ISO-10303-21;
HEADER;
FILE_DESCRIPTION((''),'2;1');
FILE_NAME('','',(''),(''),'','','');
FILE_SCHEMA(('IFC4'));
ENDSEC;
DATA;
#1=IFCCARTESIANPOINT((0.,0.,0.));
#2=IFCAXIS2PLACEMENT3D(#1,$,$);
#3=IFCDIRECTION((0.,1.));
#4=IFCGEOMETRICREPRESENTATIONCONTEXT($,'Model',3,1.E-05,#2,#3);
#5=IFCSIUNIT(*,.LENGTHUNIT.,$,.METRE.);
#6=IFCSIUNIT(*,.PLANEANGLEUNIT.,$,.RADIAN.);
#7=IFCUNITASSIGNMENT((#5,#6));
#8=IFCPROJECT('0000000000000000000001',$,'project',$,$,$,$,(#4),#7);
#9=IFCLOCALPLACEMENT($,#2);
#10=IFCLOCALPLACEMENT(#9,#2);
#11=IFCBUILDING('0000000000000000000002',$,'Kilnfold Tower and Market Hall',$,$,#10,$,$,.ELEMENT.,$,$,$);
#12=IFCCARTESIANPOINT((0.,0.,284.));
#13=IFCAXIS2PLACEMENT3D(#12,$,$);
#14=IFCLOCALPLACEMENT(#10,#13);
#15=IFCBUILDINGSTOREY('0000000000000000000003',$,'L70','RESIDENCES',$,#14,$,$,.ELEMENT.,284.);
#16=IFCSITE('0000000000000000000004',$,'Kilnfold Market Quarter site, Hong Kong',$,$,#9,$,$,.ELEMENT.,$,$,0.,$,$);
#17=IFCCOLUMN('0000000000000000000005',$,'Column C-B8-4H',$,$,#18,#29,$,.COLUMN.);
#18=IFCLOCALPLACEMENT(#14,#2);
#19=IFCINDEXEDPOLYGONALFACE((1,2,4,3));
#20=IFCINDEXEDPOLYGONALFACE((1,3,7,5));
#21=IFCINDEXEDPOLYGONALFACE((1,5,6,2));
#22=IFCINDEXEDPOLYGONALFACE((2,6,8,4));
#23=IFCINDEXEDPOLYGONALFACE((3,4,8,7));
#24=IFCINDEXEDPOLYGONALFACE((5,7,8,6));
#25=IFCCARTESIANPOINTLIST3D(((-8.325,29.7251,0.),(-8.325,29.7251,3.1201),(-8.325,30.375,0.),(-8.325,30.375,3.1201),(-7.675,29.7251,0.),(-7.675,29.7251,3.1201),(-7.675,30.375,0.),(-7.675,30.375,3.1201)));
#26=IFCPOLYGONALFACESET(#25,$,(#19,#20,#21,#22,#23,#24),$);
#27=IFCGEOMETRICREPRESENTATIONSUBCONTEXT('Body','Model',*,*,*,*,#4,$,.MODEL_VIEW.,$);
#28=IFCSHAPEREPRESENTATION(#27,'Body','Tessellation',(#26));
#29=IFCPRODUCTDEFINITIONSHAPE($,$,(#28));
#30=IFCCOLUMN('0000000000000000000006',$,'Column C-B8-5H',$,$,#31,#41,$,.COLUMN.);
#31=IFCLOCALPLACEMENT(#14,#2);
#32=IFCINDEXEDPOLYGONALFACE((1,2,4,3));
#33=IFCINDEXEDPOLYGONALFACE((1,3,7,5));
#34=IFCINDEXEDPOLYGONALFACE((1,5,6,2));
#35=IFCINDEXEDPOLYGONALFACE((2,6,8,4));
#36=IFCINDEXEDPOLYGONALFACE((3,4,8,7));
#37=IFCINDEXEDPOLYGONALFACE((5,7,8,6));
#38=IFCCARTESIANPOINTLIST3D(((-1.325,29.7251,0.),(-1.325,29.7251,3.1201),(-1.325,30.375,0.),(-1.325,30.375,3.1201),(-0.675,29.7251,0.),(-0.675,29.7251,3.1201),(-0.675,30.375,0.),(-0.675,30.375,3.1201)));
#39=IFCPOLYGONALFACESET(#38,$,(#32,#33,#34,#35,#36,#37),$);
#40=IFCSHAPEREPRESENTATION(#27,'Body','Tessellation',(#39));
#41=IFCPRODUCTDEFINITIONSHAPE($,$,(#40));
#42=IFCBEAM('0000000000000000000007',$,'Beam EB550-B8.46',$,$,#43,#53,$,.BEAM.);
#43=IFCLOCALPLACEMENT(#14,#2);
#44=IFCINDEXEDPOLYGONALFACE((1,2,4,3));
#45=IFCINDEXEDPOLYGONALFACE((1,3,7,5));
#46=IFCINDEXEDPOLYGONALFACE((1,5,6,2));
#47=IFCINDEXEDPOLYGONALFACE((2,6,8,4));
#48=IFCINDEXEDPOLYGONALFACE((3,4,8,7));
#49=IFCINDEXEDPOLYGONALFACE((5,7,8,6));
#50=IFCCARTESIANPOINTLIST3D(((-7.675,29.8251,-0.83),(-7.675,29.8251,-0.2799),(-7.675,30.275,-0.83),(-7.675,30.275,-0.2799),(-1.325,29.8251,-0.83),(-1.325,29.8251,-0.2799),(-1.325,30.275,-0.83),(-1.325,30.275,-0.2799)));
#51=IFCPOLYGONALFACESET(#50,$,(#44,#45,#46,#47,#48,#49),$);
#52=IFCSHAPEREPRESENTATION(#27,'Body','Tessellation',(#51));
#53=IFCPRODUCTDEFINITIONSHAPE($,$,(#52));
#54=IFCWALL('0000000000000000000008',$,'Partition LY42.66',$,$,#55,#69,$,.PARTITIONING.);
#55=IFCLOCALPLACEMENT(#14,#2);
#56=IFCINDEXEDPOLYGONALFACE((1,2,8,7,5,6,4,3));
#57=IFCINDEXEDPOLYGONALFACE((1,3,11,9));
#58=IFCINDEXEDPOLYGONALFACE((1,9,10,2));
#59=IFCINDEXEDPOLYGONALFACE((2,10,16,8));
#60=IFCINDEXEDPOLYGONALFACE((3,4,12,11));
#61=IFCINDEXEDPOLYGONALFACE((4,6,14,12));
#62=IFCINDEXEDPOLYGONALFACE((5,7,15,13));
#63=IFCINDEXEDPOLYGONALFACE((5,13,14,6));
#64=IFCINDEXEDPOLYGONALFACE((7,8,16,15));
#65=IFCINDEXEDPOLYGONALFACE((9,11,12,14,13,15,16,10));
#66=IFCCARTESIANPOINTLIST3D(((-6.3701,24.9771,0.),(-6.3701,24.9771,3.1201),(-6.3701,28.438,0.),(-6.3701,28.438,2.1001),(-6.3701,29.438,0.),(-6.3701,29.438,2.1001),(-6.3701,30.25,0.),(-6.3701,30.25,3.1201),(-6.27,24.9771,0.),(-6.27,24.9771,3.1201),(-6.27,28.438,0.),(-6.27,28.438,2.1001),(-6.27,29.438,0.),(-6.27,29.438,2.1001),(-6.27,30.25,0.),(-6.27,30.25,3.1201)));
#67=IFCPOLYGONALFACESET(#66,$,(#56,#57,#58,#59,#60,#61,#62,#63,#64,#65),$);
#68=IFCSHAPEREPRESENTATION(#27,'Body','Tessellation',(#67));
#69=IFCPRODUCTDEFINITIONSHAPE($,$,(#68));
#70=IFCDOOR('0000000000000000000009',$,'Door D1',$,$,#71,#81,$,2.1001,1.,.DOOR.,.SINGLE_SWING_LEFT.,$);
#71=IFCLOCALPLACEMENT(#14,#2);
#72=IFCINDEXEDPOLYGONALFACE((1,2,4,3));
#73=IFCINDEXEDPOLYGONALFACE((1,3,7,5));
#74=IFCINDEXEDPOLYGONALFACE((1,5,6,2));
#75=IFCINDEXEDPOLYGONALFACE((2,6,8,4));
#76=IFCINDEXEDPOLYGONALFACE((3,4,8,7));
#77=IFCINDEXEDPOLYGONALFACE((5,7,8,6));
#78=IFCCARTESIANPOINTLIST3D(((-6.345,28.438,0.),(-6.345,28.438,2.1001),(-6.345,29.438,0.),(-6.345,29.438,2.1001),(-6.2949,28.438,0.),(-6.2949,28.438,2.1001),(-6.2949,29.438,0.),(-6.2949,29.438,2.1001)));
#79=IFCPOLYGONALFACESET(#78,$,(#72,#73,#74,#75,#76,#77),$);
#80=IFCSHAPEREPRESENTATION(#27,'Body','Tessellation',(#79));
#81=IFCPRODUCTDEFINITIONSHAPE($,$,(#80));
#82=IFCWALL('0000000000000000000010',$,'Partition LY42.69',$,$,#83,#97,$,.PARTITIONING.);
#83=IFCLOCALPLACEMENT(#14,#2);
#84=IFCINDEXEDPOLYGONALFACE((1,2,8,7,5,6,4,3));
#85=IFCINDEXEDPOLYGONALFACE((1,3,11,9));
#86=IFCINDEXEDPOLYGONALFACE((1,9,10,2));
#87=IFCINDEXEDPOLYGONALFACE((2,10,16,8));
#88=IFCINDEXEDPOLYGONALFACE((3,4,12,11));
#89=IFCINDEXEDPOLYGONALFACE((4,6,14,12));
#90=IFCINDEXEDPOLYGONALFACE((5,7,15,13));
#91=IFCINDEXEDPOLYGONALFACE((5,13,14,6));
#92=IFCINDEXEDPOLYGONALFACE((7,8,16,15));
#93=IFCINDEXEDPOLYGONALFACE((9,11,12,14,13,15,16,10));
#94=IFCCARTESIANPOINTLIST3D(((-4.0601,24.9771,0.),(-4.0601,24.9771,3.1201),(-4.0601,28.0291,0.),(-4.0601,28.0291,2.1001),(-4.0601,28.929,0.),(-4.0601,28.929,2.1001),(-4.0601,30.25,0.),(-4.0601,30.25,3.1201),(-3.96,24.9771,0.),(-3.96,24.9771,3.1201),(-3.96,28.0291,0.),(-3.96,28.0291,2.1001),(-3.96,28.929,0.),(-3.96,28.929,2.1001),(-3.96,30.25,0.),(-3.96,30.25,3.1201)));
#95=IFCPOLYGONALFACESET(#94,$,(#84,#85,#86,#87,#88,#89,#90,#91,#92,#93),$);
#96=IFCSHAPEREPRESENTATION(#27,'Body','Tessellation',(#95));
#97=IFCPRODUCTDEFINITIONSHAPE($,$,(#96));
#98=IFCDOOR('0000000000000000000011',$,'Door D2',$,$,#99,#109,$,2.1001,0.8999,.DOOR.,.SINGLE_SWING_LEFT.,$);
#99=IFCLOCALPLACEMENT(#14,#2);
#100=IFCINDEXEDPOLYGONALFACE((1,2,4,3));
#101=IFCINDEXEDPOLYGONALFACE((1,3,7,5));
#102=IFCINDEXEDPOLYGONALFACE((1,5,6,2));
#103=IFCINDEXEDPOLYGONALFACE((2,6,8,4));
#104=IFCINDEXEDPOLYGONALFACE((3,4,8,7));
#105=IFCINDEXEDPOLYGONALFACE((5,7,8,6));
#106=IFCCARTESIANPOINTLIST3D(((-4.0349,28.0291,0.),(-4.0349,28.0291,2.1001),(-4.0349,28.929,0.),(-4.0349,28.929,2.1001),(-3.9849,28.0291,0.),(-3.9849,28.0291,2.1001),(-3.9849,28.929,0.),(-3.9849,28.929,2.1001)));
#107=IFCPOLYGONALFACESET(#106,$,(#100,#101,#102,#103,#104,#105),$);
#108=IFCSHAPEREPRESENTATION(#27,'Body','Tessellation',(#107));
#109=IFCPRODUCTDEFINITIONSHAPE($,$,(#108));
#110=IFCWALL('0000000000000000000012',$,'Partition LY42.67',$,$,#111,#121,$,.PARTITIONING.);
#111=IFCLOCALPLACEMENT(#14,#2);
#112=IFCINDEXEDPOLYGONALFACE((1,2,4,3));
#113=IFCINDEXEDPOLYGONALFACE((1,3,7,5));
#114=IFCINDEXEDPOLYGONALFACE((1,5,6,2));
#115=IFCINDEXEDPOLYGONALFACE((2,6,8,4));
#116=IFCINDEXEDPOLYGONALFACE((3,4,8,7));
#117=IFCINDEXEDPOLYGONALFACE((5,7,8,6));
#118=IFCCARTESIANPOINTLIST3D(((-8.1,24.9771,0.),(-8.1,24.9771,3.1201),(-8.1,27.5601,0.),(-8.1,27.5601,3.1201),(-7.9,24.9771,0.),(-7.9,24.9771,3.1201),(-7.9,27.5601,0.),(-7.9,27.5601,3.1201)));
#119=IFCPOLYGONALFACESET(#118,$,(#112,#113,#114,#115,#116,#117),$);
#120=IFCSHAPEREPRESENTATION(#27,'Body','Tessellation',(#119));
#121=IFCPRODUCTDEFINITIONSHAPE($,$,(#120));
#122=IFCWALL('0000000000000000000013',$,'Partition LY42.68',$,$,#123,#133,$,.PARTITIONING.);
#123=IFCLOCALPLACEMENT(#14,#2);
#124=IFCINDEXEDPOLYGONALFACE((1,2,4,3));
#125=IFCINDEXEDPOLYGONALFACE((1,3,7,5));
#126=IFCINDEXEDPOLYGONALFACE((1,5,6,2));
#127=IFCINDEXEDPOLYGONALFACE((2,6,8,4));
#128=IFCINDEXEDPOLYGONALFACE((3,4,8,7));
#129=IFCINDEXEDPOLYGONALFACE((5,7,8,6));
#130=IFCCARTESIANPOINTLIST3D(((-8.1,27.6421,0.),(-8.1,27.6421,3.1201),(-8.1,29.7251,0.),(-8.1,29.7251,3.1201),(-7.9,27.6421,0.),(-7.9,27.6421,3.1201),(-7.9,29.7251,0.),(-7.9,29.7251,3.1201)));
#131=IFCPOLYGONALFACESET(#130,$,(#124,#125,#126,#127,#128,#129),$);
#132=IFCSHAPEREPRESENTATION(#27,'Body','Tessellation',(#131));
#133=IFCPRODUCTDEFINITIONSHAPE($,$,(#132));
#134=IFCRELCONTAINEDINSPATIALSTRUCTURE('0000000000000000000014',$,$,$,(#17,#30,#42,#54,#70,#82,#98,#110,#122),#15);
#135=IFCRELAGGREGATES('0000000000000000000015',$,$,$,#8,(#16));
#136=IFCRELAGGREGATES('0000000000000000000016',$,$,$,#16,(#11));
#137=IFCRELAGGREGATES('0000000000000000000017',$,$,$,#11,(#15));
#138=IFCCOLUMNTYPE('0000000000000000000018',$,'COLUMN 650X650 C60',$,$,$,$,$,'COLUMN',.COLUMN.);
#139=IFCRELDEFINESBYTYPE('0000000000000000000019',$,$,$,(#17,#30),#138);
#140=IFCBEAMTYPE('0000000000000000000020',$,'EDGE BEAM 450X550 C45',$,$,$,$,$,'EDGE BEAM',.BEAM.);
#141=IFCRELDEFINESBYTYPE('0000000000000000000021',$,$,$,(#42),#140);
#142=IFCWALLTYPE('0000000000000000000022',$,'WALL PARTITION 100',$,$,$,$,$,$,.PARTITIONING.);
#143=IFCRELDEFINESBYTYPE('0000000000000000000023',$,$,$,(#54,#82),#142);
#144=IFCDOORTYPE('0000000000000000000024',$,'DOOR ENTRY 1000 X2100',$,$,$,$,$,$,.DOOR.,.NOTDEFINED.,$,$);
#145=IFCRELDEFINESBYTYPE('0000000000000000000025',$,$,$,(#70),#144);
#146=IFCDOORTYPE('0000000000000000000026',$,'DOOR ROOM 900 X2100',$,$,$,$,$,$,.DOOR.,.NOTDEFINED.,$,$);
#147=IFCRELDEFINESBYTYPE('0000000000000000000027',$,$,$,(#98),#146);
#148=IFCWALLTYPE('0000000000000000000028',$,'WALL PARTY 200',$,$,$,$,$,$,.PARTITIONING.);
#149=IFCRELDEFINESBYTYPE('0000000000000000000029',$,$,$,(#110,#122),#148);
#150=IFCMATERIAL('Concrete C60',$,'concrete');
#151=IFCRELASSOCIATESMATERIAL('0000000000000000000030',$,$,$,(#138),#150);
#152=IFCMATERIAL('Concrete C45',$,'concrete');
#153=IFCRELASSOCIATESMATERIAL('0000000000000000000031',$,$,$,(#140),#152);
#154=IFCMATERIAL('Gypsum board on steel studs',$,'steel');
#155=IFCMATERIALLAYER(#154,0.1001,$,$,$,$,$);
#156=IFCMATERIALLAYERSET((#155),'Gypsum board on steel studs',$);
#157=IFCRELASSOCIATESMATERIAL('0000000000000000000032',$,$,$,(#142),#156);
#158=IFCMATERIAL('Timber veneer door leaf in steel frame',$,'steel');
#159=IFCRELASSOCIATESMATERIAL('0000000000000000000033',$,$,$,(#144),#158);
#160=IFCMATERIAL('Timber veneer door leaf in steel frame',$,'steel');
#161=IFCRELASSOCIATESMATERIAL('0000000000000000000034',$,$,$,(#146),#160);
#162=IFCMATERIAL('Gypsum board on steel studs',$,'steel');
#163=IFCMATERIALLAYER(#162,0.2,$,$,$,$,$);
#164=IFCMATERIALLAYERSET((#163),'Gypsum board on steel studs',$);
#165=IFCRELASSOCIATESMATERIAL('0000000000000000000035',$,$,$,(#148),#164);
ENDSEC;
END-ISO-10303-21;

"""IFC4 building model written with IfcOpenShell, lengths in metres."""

from ifc_helpers import new_model, si_unit, direction, frame, frame_2d, origin, origin_2d, place, context, subcontext, project, spatial, rectangle, extrude, source, transform, mapped, material, layer, layer_set, material_profile, profile_set, type_object, element, fill, save


model = new_model("IFC4")

# Units and contexts
model_context = context("Model", 3, precision=1e-05, world=origin(), true_north=direction((0.0, 1.0)))
body_context = subcontext(model_context, "Body", "Model", "MODEL_VIEW")
ifc_project = project(units=[si_unit("LENGTHUNIT", "METRE"), si_unit("PLANEANGLEUNIT", "RADIAN")], contexts=[model_context])

# Site, building, storey
site_placement = place(None, origin())
site = spatial("IfcSite", under=ifc_project, at=site_placement, Name="Kilnfold Market Quarter site, Hong Kong", CompositionType="ELEMENT", RefElevation=0.0)
building_placement = place(site_placement, origin())
building = spatial("IfcBuilding", under=site, at=building_placement, Name="Kilnfold Tower and Market Hall", CompositionType="ELEMENT")
storey_placement = place(building_placement, frame((0.0, 0.0, 284.0)))
storey = spatial("IfcBuildingStorey", under=building, at=storey_placement, Name="L70", Description="RESIDENCES", CompositionType="ELEMENT", Elevation=284.0)

# Columns
ifc_material_1 = material(Name="Concrete C60", Category="concrete")
ifc_material_profile_1 = material_profile(ifc_material_1, rectangle(XDim=0.6499, YDim=0.6499, at=origin_2d()), Name="RC 650x650")
ifc_profile_set_1 = profile_set([ifc_material_profile_1], Name="Concrete C60")
column_type = type_object("IfcColumnType", Name="COLUMN 650X650 C60", ElementType="COLUMN", PredefinedType="COLUMN", material=ifc_profile_set_1)
shared_shape_1 = source(origin(), body_context, "Body", "SweptSolid", [
    extrude(rectangle(XDim=0.6499, YDim=0.6499, at=origin_2d()), origin(), (0.0, 0.0, 1.0), 3.1201),
])
for number, where, z_axis, x_axis, name in (
    (1, (-8.0, 30.05, 0.0), (0.0, 0.0, 1.0), (1.0, 0.0, 0.0), "Column C-B8-4H"),
    (2, (-1.0, 30.05, 0.0), (0.0, 0.0, 1.0), (1.0, 0.0, 0.0), "Column C-B8-5H"),
):
    element("IfcColumn", number, at=place(storey_placement, frame(where, z_axis=z_axis, x_axis=x_axis)), inside=storey, type_object=column_type, Name=name, PredefinedType="COLUMN", context=body_context, shape_type="MappedRepresentation", body=[
        mapped(shared_shape_1, transform((0.0, 0.0, 0.0))),
    ])

# Beam
ifc_material_2 = material(Name="Concrete C45", Category="concrete")
ifc_material_profile_2 = material_profile(ifc_material_2, rectangle(XDim=0.45, YDim=0.55, at=origin_2d()), Name="RC 450x550")
ifc_profile_set_2 = profile_set([ifc_material_profile_2], Name="Concrete C45")
beam_type = type_object("IfcBeamType", Name="EDGE BEAM 450X550 C45", ElementType="EDGE BEAM", PredefinedType="BEAM", material=ifc_profile_set_2)
shared_shape_2 = source(origin(), body_context, "Body", "SweptSolid", [
    extrude(rectangle(XDim=0.45, YDim=0.55, at=origin_2d()), origin(), (0.0, 0.0, 1.0), 6.3501),
])
beam_placement = place(storey_placement, frame((-7.675, 30.05, -0.5549), z_axis=(1.0, 0.0, 0.0), x_axis=(0.0, 1.0, 0.0)))
element("IfcBeam", 3, at=beam_placement, inside=storey, type_object=beam_type, Name="Beam EB550-B8.46", PredefinedType="BEAM", context=body_context, shape_type="MappedRepresentation", body=[
    mapped(shared_shape_2, transform((0.0, 0.0, 0.0))),
])

# Walls, openings, doors
ifc_material_3 = material(Name="Gypsum board on steel studs", Category="steel")
ifc_layer_1 = layer(ifc_material_3, 0.1001)
ifc_layer_set_1 = layer_set([ifc_layer_1], Name="Gypsum board on steel studs")
wall_type_1 = type_object("IfcWallType", Name="WALL PARTITION 100", PredefinedType="PARTITIONING", material=ifc_layer_set_1)
wall_1_placement = place(storey_placement, frame((-6.3201, 24.9771, 0.0), z_axis=(0.0, 0.0, 1.0), x_axis=(0.0, 1.0, 0.0)))
wall_1 = element("IfcWall", 4, at=wall_1_placement, inside=storey, type_object=wall_type_1, Name="Partition LY42.66", PredefinedType="PARTITIONING", context=body_context, shape_type="SweptSolid", body=[
    extrude(rectangle(XDim=5.2729, YDim=0.1001, at=frame_2d((2.6365, 0.0))), origin(), (0.0, 0.0, 1.0), 3.1201),
])
opening_1_placement = place(wall_1_placement, frame((3.4609, 0.0, 0.0)))
opening_1 = element("IfcOpeningElement", 5, at=opening_1_placement, cuts=wall_1, PredefinedType="OPENING", context=body_context, shape_type="SweptSolid", body=[
    extrude(rectangle(XDim=1.0, YDim=2.1001, at=frame_2d((0.5, 1.05))), frame((0.0, 0.0601, 0.0), z_axis=(0.0, -1.0, 0.0), x_axis=(1.0, 0.0, 0.0)), (0.0, 0.0, 1.0), 0.1201),
])
ifc_material_4 = material(Name="Timber veneer door leaf in steel frame", Category="steel")
door_type_1 = type_object("IfcDoorType", Name="DOOR ENTRY 1000 X2100", OperationType="NOTDEFINED", PredefinedType="DOOR", material=ifc_material_4)
door_1_placement = place(opening_1_placement, origin())
door_1 = element("IfcDoor", 6, at=door_1_placement, inside=storey, type_object=door_type_1, Name="Door D1", OperationType="SINGLE_SWING_LEFT", OverallHeight=2.1001, OverallWidth=1.0, PredefinedType="DOOR", context=body_context, shape_type="SweptSolid", body=[
    extrude(rectangle(XDim=1.0, YDim=2.1001, at=frame_2d((0.5, 1.05))), frame((0.0, 0.0249, 0.0), z_axis=(0.0, -1.0, 0.0), x_axis=(1.0, 0.0, 0.0)), (0.0, 0.0, 1.0), 0.05),
])
fill(opening_1, door_1)
wall_2_placement = place(storey_placement, frame((-4.01, 24.9771, 0.0), z_axis=(0.0, 0.0, 1.0), x_axis=(0.0, 1.0, 0.0)))
wall_2 = element("IfcWall", 7, at=wall_2_placement, inside=storey, type_object=wall_type_1, Name="Partition LY42.69", PredefinedType="PARTITIONING", context=body_context, shape_type="SweptSolid", body=[
    extrude(rectangle(XDim=5.2729, YDim=0.1001, at=frame_2d((2.6365, 0.0))), origin(), (0.0, 0.0, 1.0), 3.1201),
])
opening_2_placement = place(wall_2_placement, frame((3.052, 0.0, 0.0)))
opening_2 = element("IfcOpeningElement", 8, at=opening_2_placement, cuts=wall_2, PredefinedType="OPENING", context=body_context, shape_type="SweptSolid", body=[
    extrude(rectangle(XDim=0.8999, YDim=2.1001, at=frame_2d((0.45, 1.05))), frame((0.0, 0.0601, 0.0), z_axis=(0.0, -1.0, 0.0), x_axis=(1.0, 0.0, 0.0)), (0.0, 0.0, 1.0), 0.1201),
])
ifc_material_5 = material(Name="Timber veneer door leaf in steel frame", Category="steel")
door_type_2 = type_object("IfcDoorType", Name="DOOR ROOM 900 X2100", OperationType="NOTDEFINED", PredefinedType="DOOR", material=ifc_material_5)
door_2_placement = place(opening_2_placement, origin())
door_2 = element("IfcDoor", 9, at=door_2_placement, inside=storey, type_object=door_type_2, Name="Door D2", OperationType="SINGLE_SWING_LEFT", OverallHeight=2.1001, OverallWidth=0.8999, PredefinedType="DOOR", context=body_context, shape_type="SweptSolid", body=[
    extrude(rectangle(XDim=0.8999, YDim=2.1001, at=frame_2d((0.45, 1.05))), frame((0.0, 0.0249, 0.0), z_axis=(0.0, -1.0, 0.0), x_axis=(1.0, 0.0, 0.0)), (0.0, 0.0, 1.0), 0.05),
])
fill(opening_2, door_2)

# Walls
ifc_material_6 = material(Name="Gypsum board on steel studs", Category="steel")
ifc_layer_2 = layer(ifc_material_6, 0.2)
ifc_layer_set_2 = layer_set([ifc_layer_2], Name="Gypsum board on steel studs")
wall_type_2 = type_object("IfcWallType", Name="WALL PARTY 200", PredefinedType="PARTITIONING", material=ifc_layer_set_2)
wall_3_placement = place(storey_placement, frame((-8.0, 24.9771, 0.0), z_axis=(0.0, 0.0, 1.0), x_axis=(0.0, 1.0, 0.0)))
element("IfcWall", 10, at=wall_3_placement, inside=storey, type_object=wall_type_2, Name="Partition LY42.67", PredefinedType="PARTITIONING", context=body_context, shape_type="SweptSolid", body=[
    extrude(rectangle(XDim=2.583, YDim=0.2, at=frame_2d((1.2915, 0.0))), origin(), (0.0, 0.0, 1.0), 3.1201),
])
wall_4_placement = place(storey_placement, frame((-8.0, 27.6421, 0.0), z_axis=(0.0, 0.0, 1.0), x_axis=(0.0, 1.0, 0.0)))
element("IfcWall", 11, at=wall_4_placement, inside=storey, type_object=wall_type_2, Name="Partition LY42.68", PredefinedType="PARTITIONING", context=body_context, shape_type="SweptSolid", body=[
    extrude(rectangle(XDim=2.083, YDim=0.2, at=frame_2d((1.0415, 0.0))), origin(), (0.0, 0.0, 1.0), 3.1201),
])

save(model, "model.ifc")
